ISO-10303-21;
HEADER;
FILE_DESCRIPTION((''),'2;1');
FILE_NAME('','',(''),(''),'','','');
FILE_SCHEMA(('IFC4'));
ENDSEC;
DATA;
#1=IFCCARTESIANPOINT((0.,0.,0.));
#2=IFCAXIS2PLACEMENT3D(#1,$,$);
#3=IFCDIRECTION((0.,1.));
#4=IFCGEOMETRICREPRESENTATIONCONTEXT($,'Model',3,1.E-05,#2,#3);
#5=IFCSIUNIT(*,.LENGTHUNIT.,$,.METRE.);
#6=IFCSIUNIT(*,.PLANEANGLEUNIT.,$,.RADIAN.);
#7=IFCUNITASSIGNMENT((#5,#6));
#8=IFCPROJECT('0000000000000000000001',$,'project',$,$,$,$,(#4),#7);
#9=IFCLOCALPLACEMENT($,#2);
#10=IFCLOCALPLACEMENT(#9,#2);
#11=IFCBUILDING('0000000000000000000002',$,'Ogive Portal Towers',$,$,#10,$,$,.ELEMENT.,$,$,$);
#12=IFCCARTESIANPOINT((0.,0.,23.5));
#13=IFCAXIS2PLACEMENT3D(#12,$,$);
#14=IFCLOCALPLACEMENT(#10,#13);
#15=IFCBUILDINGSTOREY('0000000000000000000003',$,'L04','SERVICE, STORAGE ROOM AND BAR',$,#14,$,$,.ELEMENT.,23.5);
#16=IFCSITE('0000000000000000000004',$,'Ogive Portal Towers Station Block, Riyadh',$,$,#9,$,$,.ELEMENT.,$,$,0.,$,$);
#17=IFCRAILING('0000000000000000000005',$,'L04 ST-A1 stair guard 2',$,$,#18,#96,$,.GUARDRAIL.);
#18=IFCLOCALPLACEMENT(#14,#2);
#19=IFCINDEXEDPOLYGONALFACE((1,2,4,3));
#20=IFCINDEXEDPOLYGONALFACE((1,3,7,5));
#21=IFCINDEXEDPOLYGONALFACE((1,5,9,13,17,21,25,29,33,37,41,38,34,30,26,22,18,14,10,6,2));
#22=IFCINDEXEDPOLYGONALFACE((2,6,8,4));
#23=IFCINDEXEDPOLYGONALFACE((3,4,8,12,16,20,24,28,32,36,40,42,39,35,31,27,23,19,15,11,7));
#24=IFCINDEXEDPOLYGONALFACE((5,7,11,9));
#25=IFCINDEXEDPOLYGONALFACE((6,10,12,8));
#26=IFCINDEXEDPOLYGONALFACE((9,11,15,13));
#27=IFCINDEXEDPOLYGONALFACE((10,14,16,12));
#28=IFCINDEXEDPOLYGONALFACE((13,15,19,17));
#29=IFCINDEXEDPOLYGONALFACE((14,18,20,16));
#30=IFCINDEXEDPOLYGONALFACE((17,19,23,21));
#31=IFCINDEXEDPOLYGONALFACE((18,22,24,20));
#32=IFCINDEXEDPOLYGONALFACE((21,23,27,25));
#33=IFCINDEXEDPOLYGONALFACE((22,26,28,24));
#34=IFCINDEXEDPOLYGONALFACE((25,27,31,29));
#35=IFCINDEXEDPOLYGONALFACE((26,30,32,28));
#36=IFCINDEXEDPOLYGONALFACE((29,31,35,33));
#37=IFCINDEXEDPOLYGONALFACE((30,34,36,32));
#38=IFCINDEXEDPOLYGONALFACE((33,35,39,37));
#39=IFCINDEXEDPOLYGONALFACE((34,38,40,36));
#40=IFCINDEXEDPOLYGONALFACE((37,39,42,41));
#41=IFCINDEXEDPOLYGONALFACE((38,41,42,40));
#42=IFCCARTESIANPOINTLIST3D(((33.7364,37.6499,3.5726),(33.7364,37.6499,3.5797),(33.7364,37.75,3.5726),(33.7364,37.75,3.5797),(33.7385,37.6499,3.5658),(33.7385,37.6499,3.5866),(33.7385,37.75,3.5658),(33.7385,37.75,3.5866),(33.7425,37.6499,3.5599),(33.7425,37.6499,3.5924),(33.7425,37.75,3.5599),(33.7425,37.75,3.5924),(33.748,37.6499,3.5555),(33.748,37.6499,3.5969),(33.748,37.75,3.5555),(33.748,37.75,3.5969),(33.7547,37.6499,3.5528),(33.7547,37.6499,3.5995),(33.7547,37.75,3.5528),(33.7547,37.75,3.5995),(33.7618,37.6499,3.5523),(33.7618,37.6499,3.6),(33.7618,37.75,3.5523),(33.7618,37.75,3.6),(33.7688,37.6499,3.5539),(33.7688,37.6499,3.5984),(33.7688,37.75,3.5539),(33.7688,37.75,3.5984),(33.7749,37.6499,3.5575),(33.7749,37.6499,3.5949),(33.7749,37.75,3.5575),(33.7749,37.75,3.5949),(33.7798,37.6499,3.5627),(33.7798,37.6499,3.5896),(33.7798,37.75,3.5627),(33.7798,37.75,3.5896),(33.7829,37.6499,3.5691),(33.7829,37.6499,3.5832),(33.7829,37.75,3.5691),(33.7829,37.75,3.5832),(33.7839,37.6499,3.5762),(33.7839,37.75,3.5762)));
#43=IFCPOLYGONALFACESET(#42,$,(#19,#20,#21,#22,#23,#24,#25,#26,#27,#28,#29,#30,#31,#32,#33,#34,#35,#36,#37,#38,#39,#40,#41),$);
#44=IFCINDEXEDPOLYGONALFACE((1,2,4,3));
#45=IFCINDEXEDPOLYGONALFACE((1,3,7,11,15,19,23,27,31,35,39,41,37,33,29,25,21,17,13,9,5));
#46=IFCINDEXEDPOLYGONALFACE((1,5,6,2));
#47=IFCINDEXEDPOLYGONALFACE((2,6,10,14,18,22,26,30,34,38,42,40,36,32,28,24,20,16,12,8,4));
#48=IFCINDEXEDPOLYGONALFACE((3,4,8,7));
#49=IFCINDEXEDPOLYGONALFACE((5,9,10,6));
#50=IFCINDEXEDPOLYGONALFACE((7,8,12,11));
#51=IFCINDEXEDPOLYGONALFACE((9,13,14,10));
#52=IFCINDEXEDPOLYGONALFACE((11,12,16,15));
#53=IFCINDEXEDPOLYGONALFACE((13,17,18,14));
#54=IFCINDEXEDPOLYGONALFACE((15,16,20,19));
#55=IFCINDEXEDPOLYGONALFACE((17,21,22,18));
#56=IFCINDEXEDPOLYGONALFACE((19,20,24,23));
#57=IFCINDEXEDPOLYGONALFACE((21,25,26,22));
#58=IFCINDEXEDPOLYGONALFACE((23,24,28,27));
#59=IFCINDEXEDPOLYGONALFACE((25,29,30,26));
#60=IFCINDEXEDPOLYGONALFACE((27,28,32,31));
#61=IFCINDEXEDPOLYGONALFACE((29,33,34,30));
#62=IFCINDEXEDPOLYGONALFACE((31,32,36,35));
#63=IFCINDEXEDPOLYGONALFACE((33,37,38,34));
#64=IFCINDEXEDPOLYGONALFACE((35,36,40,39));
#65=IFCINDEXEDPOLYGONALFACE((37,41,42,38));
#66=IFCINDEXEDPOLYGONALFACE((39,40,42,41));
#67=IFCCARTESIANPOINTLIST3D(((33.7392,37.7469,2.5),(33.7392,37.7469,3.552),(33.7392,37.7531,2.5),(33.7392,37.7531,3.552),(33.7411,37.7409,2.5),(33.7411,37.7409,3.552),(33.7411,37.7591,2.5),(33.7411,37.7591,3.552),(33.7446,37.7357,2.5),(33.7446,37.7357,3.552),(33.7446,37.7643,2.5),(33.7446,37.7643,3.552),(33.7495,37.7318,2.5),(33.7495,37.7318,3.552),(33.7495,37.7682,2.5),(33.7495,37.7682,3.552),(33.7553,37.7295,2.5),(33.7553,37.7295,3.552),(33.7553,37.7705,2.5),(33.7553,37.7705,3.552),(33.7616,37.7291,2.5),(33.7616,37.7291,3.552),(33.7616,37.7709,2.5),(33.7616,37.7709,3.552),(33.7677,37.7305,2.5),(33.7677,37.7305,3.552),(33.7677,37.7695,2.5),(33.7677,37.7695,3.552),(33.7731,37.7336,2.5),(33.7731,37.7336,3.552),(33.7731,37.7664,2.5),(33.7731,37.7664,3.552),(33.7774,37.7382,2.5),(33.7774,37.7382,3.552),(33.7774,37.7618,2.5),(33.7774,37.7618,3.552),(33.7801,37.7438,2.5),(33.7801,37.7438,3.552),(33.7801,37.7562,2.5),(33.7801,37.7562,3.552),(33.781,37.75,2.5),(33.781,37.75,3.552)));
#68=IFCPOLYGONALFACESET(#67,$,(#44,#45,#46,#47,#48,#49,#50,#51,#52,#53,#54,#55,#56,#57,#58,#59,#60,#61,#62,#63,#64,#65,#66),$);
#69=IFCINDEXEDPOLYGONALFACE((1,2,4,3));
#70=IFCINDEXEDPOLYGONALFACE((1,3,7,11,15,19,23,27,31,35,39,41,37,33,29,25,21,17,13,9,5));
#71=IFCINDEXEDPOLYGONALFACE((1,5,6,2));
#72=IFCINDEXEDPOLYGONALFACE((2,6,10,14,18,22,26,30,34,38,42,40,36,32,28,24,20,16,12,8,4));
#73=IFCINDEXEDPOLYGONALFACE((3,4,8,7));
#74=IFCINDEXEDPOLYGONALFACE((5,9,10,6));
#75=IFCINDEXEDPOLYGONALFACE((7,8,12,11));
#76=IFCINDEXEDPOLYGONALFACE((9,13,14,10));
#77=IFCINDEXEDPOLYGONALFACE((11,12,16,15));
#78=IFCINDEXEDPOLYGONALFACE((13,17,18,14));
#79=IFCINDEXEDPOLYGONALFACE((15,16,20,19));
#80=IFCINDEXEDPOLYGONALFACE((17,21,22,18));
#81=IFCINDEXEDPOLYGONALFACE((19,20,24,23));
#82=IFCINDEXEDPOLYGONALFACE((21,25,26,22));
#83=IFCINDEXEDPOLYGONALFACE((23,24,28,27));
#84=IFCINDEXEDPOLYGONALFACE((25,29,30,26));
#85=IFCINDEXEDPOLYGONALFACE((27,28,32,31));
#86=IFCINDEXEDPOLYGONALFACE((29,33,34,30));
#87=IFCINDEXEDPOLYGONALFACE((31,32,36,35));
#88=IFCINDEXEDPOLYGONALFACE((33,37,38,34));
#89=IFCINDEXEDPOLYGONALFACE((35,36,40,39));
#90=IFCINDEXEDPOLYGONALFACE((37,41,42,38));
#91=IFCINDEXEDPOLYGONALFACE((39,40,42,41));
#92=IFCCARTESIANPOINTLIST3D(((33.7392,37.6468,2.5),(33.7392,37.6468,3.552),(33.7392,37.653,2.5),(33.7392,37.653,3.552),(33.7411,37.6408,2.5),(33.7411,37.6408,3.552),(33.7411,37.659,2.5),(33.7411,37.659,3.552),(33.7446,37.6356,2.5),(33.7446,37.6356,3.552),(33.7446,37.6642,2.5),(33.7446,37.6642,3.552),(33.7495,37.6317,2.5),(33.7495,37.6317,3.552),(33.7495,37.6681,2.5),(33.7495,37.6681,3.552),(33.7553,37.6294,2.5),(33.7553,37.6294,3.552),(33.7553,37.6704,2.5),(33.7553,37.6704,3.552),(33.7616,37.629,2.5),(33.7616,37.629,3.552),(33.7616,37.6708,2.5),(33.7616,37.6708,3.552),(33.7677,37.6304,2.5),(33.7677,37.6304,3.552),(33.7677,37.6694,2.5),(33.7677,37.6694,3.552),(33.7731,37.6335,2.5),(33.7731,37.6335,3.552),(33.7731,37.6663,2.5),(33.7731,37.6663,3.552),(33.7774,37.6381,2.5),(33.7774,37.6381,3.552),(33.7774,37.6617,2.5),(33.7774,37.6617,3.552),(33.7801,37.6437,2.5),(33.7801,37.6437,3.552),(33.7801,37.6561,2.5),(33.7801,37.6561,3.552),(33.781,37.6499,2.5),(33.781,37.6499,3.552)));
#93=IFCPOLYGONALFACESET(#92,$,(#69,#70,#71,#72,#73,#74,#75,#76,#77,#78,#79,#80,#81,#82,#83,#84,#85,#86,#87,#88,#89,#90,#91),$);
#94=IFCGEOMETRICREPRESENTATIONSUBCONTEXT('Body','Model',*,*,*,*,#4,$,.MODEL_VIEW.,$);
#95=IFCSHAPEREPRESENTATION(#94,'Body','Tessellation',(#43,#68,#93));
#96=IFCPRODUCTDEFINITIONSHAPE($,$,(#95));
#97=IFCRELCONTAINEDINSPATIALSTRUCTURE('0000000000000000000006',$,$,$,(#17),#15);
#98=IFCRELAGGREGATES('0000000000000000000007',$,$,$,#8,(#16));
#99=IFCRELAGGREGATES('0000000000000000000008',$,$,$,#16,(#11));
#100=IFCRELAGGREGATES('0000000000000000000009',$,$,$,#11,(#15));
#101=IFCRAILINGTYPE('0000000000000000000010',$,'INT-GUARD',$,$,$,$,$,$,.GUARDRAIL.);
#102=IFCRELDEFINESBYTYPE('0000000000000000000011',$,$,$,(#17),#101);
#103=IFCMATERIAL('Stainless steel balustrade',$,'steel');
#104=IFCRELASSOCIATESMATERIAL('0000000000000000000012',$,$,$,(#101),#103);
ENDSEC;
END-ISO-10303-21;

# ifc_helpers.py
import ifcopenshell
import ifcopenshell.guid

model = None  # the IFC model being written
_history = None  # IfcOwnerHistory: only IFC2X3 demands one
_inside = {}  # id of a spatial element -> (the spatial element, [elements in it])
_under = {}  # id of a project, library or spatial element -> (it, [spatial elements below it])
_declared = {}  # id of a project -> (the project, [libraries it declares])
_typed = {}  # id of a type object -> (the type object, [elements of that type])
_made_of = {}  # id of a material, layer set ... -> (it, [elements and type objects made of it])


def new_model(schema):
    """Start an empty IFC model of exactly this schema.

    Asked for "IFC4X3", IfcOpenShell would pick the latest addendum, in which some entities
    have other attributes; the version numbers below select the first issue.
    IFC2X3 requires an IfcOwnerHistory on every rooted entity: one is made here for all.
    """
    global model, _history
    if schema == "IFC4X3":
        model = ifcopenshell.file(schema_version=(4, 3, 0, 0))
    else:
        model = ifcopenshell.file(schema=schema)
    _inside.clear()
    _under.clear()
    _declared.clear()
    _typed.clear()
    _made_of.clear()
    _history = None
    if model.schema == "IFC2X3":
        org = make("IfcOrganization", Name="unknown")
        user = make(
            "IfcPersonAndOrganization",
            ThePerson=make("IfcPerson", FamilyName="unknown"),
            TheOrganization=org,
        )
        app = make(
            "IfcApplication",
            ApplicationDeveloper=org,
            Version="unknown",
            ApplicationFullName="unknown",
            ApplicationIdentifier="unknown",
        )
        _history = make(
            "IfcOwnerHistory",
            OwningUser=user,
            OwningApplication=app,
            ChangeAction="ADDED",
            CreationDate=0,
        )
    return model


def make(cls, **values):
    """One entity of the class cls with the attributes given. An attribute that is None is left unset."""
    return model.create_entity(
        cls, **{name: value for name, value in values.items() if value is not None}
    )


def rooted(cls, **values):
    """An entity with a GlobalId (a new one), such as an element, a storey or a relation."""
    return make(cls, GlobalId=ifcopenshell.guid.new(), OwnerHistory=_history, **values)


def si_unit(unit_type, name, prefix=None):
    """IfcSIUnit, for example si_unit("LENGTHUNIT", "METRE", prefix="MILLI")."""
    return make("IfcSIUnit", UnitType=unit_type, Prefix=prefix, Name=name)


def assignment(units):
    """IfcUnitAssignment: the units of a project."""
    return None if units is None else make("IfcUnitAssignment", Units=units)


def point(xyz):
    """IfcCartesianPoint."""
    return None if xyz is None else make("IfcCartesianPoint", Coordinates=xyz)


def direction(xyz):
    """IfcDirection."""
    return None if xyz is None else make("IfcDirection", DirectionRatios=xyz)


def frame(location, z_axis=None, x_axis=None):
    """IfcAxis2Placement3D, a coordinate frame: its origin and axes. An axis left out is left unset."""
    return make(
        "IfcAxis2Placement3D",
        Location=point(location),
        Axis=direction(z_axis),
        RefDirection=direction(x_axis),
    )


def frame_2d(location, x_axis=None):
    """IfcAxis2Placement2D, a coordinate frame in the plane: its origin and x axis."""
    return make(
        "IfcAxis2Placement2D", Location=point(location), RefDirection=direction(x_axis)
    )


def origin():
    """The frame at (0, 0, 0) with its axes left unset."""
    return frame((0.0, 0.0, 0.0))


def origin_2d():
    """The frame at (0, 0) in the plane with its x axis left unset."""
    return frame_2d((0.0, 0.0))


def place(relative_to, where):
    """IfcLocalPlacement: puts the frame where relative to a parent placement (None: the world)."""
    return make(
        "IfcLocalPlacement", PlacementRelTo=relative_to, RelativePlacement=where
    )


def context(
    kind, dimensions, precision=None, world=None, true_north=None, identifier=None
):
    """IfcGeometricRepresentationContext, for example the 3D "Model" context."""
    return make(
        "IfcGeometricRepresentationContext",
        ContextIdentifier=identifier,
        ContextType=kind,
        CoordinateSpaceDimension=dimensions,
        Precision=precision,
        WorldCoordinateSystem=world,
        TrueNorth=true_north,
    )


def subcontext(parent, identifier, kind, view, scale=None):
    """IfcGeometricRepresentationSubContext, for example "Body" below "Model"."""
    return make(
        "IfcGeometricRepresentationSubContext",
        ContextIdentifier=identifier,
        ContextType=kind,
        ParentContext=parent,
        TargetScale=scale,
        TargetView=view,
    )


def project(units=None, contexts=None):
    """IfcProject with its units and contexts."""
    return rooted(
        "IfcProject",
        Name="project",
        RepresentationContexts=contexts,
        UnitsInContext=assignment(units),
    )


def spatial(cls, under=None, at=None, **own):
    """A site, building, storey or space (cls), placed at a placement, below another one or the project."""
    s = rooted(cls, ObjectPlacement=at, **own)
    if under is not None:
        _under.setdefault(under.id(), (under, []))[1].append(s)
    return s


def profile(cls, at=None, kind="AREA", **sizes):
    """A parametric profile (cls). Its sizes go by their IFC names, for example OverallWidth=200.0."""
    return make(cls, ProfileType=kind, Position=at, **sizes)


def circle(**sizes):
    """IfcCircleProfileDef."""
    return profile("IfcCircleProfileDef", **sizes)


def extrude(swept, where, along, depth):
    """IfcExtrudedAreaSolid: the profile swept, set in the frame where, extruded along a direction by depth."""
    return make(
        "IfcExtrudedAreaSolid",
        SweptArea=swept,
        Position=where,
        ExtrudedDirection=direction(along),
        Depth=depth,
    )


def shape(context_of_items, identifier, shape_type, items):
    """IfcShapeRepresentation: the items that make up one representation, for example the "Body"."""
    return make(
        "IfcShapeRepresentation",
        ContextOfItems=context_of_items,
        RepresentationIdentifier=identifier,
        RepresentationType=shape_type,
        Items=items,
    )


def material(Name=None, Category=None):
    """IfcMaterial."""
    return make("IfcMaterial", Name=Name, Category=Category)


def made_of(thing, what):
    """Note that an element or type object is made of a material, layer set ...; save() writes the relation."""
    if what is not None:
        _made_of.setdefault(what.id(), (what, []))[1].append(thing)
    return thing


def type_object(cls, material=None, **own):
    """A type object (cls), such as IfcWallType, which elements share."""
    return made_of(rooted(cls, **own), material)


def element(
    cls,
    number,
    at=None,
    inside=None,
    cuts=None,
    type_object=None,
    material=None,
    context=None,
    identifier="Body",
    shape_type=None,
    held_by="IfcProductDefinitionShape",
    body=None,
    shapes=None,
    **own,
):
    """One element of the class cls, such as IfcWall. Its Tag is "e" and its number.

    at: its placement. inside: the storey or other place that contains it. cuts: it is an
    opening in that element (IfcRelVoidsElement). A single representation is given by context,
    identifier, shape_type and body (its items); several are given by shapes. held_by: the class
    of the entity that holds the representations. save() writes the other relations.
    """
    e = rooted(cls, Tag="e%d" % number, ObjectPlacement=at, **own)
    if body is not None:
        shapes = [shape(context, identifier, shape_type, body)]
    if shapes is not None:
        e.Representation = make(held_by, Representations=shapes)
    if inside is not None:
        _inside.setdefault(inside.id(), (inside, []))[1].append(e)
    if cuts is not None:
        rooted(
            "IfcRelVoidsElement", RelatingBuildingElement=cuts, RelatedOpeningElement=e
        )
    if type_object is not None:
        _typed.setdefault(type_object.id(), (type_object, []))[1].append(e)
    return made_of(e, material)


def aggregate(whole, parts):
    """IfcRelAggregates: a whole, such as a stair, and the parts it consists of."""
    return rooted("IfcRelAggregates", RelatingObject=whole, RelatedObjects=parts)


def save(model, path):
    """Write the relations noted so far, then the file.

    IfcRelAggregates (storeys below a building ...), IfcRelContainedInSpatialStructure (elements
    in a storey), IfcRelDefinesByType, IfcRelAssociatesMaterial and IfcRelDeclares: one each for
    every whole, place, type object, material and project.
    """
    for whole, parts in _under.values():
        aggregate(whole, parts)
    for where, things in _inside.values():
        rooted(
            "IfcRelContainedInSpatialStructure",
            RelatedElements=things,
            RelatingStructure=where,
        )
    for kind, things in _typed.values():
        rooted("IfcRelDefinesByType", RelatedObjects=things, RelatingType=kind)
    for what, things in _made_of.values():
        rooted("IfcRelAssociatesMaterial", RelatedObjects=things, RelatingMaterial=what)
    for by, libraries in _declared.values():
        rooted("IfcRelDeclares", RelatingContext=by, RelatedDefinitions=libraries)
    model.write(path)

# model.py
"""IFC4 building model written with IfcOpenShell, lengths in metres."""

from ifc_helpers import new_model, si_unit, direction, frame, origin, origin_2d, place, context, subcontext, project, spatial, circle, extrude, material, type_object, element, save


model = new_model("IFC4")

# Units and contexts
model_context = context("Model", 3, precision=1e-05, world=origin(), true_north=direction((0.0, 1.0)))
body_context = subcontext(model_context, "Body", "Model", "MODEL_VIEW")
ifc_project = project(units=[si_unit("LENGTHUNIT", "METRE"), si_unit("PLANEANGLEUNIT", "RADIAN")], contexts=[model_context])

# Site, building, storey
site_placement = place(None, origin())
site = spatial("IfcSite", under=ifc_project, at=site_placement, Name="Ogive Portal Towers Station Block, Riyadh", CompositionType="ELEMENT", RefElevation=0.0)
building_placement = place(site_placement, origin())
building = spatial("IfcBuilding", under=site, at=building_placement, Name="Ogive Portal Towers", CompositionType="ELEMENT")
storey_placement = place(building_placement, frame((0.0, 0.0, 23.5)))
storey = spatial("IfcBuildingStorey", under=building, at=storey_placement, Name="L04", Description="SERVICE, STORAGE ROOM AND BAR", CompositionType="ELEMENT", Elevation=23.5)

# Railing
ifc_material_1 = material(Name="Stainless steel balustrade", Category="steel")
railing_type_1 = type_object("IfcRailingType", Name="INT-GUARD", PredefinedType="GUARDRAIL", material=ifc_material_1)
railing_1_placement = place(storey_placement, frame((33.76, 37.75, 2.5)))
element("IfcRailing", 1, at=railing_1_placement, inside=storey, type_object=railing_type_1, Name="L04 ST-A1 stair guard 2", PredefinedType="GUARDRAIL", context=body_context, shape_type="SweptSolid", body=[
    extrude(circle(Radius=0.0239, at=origin_2d()), frame((0.0, 0.0, 1.0762), z_axis=(0.0, -1.0, 0.0), x_axis=(1.0, 0.0, 0.0)), (0.0, 0.0, 1.0), 0.1001),
    extrude(circle(Radius=0.021, at=origin_2d()), origin(), (0.0, 0.0, 1.0), 1.052),
    extrude(circle(Radius=0.021, at=origin_2d()), frame((0.0, -0.1001, 0.0)), (0.0, 0.0, 1.0), 1.052),
])

save(model, "model.ifc")
